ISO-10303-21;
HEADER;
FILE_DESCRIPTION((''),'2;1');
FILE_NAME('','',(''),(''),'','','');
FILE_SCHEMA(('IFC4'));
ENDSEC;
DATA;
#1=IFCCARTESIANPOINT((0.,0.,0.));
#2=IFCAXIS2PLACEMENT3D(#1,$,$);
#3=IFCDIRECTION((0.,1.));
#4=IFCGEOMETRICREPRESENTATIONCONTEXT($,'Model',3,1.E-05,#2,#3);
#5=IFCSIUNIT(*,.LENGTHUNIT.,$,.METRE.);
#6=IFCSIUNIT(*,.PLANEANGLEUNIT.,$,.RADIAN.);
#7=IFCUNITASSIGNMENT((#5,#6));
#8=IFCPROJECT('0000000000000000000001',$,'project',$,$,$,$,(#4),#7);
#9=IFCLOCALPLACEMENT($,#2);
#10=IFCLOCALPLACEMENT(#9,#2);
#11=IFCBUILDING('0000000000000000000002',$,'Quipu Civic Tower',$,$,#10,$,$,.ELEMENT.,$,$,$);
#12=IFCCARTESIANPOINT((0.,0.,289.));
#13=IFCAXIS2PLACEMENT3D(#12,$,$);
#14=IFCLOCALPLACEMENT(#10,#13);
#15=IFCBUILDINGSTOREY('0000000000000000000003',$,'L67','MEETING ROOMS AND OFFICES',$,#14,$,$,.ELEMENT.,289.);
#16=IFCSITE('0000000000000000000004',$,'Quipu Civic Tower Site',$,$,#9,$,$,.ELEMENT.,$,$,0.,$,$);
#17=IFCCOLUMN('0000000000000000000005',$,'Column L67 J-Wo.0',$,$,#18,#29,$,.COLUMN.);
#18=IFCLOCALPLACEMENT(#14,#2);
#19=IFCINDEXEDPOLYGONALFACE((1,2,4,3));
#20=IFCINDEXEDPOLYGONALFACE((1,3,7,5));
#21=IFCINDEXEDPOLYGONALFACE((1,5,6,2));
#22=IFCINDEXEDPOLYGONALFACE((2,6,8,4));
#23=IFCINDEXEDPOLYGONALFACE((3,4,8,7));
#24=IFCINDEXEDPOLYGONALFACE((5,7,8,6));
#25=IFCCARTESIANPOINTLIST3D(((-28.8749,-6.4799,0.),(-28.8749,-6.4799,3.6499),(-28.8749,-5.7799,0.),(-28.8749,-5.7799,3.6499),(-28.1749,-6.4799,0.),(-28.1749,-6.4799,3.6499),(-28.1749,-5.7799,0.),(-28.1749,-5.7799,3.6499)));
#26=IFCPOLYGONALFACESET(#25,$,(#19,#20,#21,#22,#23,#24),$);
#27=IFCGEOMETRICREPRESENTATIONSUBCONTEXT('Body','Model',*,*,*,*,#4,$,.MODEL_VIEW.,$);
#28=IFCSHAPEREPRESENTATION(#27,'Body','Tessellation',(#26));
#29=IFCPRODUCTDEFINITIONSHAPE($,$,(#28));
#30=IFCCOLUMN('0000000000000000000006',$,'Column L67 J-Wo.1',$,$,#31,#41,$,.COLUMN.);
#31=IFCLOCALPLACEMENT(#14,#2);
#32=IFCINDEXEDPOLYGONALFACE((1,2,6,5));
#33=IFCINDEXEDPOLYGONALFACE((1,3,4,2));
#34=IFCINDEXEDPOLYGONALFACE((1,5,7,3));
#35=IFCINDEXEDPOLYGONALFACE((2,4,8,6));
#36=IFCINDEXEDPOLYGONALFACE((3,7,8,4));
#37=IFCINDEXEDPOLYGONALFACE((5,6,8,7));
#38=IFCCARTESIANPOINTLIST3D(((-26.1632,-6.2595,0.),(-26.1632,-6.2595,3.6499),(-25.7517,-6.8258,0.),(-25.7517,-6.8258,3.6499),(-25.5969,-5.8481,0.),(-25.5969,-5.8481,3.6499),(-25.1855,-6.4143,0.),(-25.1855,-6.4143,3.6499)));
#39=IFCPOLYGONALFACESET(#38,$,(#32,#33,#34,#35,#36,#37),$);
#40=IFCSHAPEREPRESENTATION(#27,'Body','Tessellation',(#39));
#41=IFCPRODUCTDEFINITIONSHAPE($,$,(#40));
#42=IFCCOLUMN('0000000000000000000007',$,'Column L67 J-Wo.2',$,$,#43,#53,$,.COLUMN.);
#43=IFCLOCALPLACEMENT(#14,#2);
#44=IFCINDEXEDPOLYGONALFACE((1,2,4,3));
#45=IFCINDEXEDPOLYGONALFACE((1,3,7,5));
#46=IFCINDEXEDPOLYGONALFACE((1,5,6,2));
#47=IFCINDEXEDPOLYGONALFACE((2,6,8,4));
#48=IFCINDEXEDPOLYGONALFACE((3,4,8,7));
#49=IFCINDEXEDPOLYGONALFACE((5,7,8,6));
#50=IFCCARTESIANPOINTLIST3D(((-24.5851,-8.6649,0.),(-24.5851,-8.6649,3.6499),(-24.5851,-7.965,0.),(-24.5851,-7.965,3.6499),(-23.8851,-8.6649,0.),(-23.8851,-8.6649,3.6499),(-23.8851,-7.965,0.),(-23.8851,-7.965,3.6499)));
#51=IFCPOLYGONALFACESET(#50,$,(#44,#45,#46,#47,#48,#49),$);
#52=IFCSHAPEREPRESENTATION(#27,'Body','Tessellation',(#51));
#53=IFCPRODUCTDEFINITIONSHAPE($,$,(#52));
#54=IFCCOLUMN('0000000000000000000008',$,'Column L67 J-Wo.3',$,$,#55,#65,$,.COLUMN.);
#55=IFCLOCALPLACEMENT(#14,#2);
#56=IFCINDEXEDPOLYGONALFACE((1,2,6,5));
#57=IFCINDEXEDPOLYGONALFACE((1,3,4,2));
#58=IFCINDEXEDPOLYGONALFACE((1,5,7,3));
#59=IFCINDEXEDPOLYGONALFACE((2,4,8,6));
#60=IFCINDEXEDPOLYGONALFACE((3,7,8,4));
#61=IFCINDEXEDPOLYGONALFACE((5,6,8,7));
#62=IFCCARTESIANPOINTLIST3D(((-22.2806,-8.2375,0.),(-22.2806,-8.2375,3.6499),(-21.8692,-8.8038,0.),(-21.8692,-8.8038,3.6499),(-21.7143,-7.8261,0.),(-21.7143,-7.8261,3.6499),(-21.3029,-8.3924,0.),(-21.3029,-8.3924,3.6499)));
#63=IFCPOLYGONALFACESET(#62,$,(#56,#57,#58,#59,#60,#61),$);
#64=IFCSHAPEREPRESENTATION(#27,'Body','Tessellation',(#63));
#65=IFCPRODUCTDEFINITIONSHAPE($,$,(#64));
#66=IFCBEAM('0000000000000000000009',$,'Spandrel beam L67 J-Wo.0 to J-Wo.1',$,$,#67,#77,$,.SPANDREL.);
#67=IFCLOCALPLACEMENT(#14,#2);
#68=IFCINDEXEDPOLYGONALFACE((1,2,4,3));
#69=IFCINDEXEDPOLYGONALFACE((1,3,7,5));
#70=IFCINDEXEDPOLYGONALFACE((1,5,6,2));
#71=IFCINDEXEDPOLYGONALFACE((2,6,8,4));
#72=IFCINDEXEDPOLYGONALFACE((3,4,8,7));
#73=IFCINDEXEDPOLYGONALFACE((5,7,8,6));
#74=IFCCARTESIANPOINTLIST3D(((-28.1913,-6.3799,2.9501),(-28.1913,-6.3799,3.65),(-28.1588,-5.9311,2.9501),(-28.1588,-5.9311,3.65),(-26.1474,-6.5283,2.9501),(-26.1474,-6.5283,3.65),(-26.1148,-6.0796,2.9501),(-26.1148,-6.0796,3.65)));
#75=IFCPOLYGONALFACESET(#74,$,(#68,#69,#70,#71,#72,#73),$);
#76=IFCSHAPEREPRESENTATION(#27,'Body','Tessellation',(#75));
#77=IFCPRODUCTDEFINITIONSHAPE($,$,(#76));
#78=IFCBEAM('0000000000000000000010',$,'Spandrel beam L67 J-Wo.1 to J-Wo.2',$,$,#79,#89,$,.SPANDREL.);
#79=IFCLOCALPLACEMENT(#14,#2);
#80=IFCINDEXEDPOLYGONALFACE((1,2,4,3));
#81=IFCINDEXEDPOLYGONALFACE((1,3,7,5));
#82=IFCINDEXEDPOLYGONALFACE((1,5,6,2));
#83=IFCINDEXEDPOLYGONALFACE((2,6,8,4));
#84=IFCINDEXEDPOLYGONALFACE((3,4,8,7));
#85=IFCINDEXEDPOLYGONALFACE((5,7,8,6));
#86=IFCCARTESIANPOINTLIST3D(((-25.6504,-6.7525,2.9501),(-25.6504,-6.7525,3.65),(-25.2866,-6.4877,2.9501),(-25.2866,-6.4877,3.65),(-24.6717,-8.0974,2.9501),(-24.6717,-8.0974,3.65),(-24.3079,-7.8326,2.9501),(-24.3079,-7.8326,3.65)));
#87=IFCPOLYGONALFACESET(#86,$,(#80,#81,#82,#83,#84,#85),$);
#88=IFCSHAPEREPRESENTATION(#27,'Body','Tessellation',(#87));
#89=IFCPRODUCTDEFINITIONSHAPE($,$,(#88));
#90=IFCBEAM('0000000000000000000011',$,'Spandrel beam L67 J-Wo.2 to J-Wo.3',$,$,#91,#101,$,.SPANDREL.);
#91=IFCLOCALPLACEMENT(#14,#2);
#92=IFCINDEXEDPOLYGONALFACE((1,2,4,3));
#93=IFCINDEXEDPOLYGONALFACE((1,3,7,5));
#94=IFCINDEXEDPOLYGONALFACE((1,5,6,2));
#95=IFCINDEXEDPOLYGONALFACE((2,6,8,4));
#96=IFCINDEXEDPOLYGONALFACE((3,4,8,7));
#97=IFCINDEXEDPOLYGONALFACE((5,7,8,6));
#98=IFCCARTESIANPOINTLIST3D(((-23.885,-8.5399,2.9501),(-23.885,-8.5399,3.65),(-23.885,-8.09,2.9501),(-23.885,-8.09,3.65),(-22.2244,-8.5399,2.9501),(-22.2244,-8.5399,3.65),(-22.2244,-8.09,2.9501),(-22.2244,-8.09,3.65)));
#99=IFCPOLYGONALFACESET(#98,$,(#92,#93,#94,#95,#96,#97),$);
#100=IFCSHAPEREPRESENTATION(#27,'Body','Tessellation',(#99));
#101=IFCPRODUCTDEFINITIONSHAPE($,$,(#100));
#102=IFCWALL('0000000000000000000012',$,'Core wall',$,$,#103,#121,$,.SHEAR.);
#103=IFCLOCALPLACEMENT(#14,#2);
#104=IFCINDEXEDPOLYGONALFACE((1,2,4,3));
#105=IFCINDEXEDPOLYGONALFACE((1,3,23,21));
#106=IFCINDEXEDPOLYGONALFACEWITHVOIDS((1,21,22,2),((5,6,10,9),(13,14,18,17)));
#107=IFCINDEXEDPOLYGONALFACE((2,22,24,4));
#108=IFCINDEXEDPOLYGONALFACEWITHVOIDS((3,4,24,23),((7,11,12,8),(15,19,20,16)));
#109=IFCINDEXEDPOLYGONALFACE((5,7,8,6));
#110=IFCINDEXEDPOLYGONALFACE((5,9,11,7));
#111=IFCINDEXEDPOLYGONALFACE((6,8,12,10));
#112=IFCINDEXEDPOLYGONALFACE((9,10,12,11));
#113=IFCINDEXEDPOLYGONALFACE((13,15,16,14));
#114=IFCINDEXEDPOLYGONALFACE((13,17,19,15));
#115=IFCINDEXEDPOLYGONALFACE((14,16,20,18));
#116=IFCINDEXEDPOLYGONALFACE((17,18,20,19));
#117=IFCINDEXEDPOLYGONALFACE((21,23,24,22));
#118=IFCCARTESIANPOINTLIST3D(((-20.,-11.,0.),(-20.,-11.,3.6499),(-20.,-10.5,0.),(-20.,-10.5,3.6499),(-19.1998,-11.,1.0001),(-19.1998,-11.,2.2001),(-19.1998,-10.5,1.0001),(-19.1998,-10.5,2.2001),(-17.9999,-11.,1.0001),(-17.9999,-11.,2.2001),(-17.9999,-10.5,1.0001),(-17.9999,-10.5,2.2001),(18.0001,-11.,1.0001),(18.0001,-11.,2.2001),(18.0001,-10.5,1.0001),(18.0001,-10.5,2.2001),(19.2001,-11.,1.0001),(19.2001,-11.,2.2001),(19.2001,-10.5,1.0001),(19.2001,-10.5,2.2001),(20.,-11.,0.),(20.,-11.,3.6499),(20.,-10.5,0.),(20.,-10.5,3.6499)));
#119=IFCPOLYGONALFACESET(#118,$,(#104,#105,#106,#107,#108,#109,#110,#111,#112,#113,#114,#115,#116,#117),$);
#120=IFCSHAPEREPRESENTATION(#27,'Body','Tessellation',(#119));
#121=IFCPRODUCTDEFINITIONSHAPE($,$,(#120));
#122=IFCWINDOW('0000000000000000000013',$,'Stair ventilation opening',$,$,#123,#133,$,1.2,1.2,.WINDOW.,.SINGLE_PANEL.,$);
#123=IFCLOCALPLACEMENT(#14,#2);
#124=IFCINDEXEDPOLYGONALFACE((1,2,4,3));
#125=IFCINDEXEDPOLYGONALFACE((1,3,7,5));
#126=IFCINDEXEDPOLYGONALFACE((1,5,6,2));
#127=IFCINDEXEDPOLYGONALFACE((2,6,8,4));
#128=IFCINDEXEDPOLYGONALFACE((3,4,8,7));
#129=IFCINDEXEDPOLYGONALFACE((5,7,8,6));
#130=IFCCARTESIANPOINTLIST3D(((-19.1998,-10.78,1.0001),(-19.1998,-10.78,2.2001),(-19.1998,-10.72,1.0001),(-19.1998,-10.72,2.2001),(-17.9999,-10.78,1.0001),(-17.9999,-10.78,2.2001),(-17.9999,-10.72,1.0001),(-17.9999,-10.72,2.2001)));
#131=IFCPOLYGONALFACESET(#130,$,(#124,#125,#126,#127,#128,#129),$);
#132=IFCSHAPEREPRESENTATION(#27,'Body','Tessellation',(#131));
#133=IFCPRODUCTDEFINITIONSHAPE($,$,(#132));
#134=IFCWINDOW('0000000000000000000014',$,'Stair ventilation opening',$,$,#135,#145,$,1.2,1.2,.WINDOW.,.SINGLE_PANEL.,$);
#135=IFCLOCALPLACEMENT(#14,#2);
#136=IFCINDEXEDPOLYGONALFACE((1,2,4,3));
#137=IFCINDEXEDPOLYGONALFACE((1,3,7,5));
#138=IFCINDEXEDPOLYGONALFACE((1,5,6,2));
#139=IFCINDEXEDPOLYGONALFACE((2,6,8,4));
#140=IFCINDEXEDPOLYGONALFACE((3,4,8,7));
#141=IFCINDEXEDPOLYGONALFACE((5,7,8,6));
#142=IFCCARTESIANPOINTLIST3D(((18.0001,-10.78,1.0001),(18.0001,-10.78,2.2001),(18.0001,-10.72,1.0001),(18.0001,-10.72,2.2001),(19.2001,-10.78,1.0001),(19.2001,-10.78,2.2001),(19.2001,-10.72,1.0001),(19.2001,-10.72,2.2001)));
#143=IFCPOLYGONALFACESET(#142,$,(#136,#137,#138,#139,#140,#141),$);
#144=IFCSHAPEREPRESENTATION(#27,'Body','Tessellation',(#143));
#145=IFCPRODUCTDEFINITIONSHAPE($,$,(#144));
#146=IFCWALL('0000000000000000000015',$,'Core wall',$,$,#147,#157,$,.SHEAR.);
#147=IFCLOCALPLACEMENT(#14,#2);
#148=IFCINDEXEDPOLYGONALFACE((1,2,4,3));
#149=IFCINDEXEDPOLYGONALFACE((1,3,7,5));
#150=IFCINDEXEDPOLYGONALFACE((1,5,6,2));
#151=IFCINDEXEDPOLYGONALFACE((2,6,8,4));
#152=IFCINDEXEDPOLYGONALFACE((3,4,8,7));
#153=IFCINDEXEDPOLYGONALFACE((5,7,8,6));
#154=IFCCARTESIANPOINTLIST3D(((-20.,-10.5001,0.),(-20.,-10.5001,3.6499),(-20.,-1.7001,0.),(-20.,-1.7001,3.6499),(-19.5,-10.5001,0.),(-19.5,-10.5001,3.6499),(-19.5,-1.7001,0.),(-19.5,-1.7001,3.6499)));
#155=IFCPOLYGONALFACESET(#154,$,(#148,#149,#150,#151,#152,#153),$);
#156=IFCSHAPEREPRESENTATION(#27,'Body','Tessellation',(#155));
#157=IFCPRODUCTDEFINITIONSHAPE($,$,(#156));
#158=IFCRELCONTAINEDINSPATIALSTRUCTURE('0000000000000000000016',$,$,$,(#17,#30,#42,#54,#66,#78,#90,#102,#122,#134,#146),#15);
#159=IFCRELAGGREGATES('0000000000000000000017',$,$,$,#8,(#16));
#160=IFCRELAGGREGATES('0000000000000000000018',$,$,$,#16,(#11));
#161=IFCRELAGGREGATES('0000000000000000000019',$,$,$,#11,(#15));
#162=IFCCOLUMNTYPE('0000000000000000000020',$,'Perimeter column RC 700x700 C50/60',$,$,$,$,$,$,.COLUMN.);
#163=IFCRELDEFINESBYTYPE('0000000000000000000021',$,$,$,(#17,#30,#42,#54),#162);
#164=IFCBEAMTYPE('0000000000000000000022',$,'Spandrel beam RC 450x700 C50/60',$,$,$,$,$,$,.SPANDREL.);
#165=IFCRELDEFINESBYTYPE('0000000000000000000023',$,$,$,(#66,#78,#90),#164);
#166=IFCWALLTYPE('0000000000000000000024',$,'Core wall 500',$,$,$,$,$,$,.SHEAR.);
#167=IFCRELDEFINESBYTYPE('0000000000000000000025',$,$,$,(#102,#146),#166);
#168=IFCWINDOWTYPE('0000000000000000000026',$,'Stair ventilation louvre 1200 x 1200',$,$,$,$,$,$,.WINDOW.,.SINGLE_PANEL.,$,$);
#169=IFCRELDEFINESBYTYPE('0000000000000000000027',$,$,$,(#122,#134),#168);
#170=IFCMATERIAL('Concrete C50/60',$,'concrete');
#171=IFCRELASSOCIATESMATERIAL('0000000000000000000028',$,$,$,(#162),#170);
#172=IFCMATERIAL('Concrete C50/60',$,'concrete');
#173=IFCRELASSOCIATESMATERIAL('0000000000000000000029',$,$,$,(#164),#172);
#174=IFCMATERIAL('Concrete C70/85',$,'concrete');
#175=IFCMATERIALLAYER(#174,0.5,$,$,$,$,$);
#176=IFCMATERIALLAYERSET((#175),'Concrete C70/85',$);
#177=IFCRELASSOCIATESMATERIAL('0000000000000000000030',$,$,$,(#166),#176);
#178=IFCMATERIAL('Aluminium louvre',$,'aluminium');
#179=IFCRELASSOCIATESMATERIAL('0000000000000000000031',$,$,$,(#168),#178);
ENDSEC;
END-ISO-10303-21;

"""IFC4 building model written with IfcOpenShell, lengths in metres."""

from ifc_helpers import new_model, si_unit, direction, frame, frame_2d, origin, origin_2d, place, context, subcontext, project, spatial, rectangle, extrude, material, layer, layer_set, material_profile, profile_set, type_object, element, fill, save


model = new_model("IFC4")

# Units and contexts
model_context = context("Model", 3, precision=1e-05, world=origin(), true_north=direction((0.0, 1.0)))
body_context = subcontext(model_context, "Body", "Model", "MODEL_VIEW")
ifc_project = project(units=[si_unit("LENGTHUNIT", "METRE"), si_unit("PLANEANGLEUNIT", "RADIAN")], contexts=[model_context])

# Site, building, storey
site_placement = place(None, origin())
site = spatial("IfcSite", under=ifc_project, at=site_placement, Name="Quipu Civic Tower Site", CompositionType="ELEMENT", RefElevation=0.0)
building_placement = place(site_placement, origin())
building = spatial("IfcBuilding", under=site, at=building_placement, Name="Quipu Civic Tower", CompositionType="ELEMENT")
storey_placement = place(building_placement, frame((0.0, 0.0, 289.0)))
storey = spatial("IfcBuildingStorey", under=building, at=storey_placement, Name="L67", Description="MEETING ROOMS AND OFFICES", CompositionType="ELEMENT", Elevation=289.0)

# Columns
ifc_material_1 = material(Name="Concrete C50/60", Category="concrete")
ifc_material_profile_1 = material_profile(ifc_material_1, rectangle(XDim=0.7, YDim=0.7, at=origin_2d()), Name="RC700x700")
ifc_profile_set_1 = profile_set([ifc_material_profile_1], Name="Concrete C50/60")
column_type = type_object("IfcColumnType", Name="Perimeter column RC 700x700 C50/60", PredefinedType="COLUMN", material=ifc_profile_set_1)
for number, where, z_axis, x_axis, name in (
    (1, (-28.5249, -6.1299, 0.0), (0.0, 0.0, 1.0), (1.0, 0.0, 0.0), "Column L67 J-Wo.0"),
    (2, (-25.6743, -6.3369, 0.0), (0.0, 0.0, 1.0), (0.587785, -0.809017, 0.0), "Column L67 J-Wo.1"),
    (3, (-24.2351, -8.3149, 0.0), (0.0, 0.0, 1.0), (1.0, 0.0, 0.0), "Column L67 J-Wo.2"),
    (4, (-21.7917, -8.3149, 0.0), (0.0, 0.0, 1.0), (0.587785, -0.809017, 0.0), "Column L67 J-Wo.3"),
):
    element("IfcColumn", number, at=place(storey_placement, frame(where, z_axis=z_axis, x_axis=x_axis)), inside=storey, type_object=column_type, Name=name, PredefinedType="COLUMN", context=body_context, shape_type="SweptSolid", body=[
        extrude(rectangle(XDim=0.7, YDim=0.7, at=origin_2d()), origin(), (0.0, 0.0, 1.0), 3.6499),
    ])

# Beams
ifc_material_2 = material(Name="Concrete C50/60", Category="concrete")
ifc_material_profile_2 = material_profile(ifc_material_2, rectangle(XDim=0.45, YDim=0.7, at=origin_2d()), Name="RC450x700")
ifc_profile_set_2 = profile_set([ifc_material_profile_2], Name="Concrete C50/60")
beam_type = type_object("IfcBeamType", Name="Spandrel beam RC 450x700 C50/60", PredefinedType="SPANDREL", material=ifc_profile_set_2)
beam_1_placement = place(storey_placement, frame((-28.175, -6.1555, 3.3), z_axis=(0.997373, -0.072432, 0.0), x_axis=(0.072432, 0.997373, 0.0)))
element("IfcBeam", 5, at=beam_1_placement, inside=storey, type_object=beam_type, Name="Spandrel beam L67 J-Wo.0 to J-Wo.1", PredefinedType="SPANDREL", context=body_context, shape_type="SweptSolid", body=[
    extrude(rectangle(XDim=0.45, YDim=0.7, at=origin_2d()), origin(), (0.0, 0.0, 1.0), 2.0493),
])
beam_2_placement = place(storey_placement, frame((-25.4685, -6.6201, 3.3), z_axis=(0.588407, -0.808565, 0.0), x_axis=(0.808565, 0.588407, 0.0)))
element("IfcBeam", 6, at=beam_2_placement, inside=storey, type_object=beam_type, Name="Spandrel beam L67 J-Wo.1 to J-Wo.2", PredefinedType="SPANDREL", context=body_context, shape_type="SweptSolid", body=[
    extrude(rectangle(XDim=0.45, YDim=0.7, at=origin_2d()), origin(), (0.0, 0.0, 1.0), 1.6633),
])
beam_3_placement = place(storey_placement, frame((-23.885, -8.3149, 3.3), z_axis=(1.0, 0.0, 0.0), x_axis=(0.0, 1.0, 0.0)))
element("IfcBeam", 7, at=beam_3_placement, inside=storey, type_object=beam_type, Name="Spandrel beam L67 J-Wo.2 to J-Wo.3", PredefinedType="SPANDREL", context=body_context, shape_type="SweptSolid", body=[
    extrude(rectangle(XDim=0.45, YDim=0.7, at=origin_2d()), origin(), (0.0, 0.0, 1.0), 1.6606),
])

# Wall, openings, windows
ifc_material_3 = material(Name="Concrete C70/85", Category="concrete")
ifc_layer_1 = layer(ifc_material_3, 0.5)
ifc_layer_set_1 = layer_set([ifc_layer_1], Name="Concrete C70/85")
wall_type_1 = type_object("IfcWallType", Name="Core wall 500", PredefinedType="SHEAR", material=ifc_layer_set_1)
wall_1_placement = place(storey_placement, frame((-20.0, -10.75, 0.0), z_axis=(0.0, 0.0, 1.0), x_axis=(1.0, 0.0, 0.0)))
wall_1 = element("IfcWall", 8, at=wall_1_placement, inside=storey, type_object=wall_type_1, Name="Core wall", PredefinedType="SHEAR", context=body_context, shape_type="SweptSolid", body=[
    extrude(rectangle(XDim=40.0, YDim=0.5, at=frame_2d((20.0, 0.0))), origin(), (0.0, 0.0, 1.0), 3.6499),
])
opening_1_placement = place(wall_1_placement, frame((0.8, 0.0, 1.0)))
opening_1 = element("IfcOpeningElement", 9, at=opening_1_placement, cuts=wall_1, PredefinedType="OPENING", context=body_context, shape_type="SweptSolid", body=[
    extrude(rectangle(XDim=1.2, YDim=1.2, at=frame_2d((0.6001, 0.6001))), frame((0.0, 0.26, 0.0), z_axis=(0.0, -1.0, 0.0), x_axis=(1.0, 0.0, 0.0)), (0.0, 0.0, 1.0), 0.52),
])
opening_2_placement = place(wall_1_placement, frame((38.0, 0.0, 1.0)))
opening_2 = element("IfcOpeningElement", 10, at=opening_2_placement, cuts=wall_1, PredefinedType="OPENING", context=body_context, shape_type="SweptSolid", body=[
    extrude(rectangle(XDim=1.2, YDim=1.2, at=frame_2d((0.6001, 0.6001))), frame((0.0, 0.26, 0.0), z_axis=(0.0, -1.0, 0.0), x_axis=(1.0, 0.0, 0.0)), (0.0, 0.0, 1.0), 0.52),
])
ifc_material_4 = material(Name="Aluminium louvre", Category="aluminium")
window_type = type_object("IfcWindowType", Name="Stair ventilation louvre 1200 x 1200", PartitioningType="SINGLE_PANEL", PredefinedType="WINDOW", material=ifc_material_4)
window_1_placement = place(opening_1_placement, origin())
window_1 = element("IfcWindow", 11, at=window_1_placement, inside=storey, type_object=window_type, Name="Stair ventilation opening", OverallHeight=1.2, OverallWidth=1.2, PartitioningType="SINGLE_PANEL", PredefinedType="WINDOW", context=body_context, shape_type="SweptSolid", body=[
    extrude(rectangle(XDim=1.2, YDim=1.2, at=frame_2d((0.6001, 0.6001))), frame((0.0, 0.03, 0.0), z_axis=(0.0, -1.0, 0.0), x_axis=(1.0, 0.0, 0.0)), (0.0, 0.0, 1.0), 0.0601),
])
fill(opening_1, window_1)
window_2_placement = place(opening_2_placement, origin())
window_2 = element("IfcWindow", 12, at=window_2_placement, inside=storey, type_object=window_type, Name="Stair ventilation opening", OverallHeight=1.2, OverallWidth=1.2, PartitioningType="SINGLE_PANEL", PredefinedType="WINDOW", context=body_context, shape_type="SweptSolid", body=[
    extrude(rectangle(XDim=1.2, YDim=1.2, at=frame_2d((0.6001, 0.6001))), frame((0.0, 0.03, 0.0), z_axis=(0.0, -1.0, 0.0), x_axis=(1.0, 0.0, 0.0)), (0.0, 0.0, 1.0), 0.0601),
])
fill(opening_2, window_2)

# Wall
wall_2_placement = place(storey_placement, frame((-19.75, -10.5, 0.0), z_axis=(0.0, 0.0, 1.0), x_axis=(0.0, 1.0, 0.0)))
element("IfcWall", 13, at=wall_2_placement, inside=storey, type_object=wall_type_1, Name="Core wall", PredefinedType="SHEAR", context=body_context, shape_type="SweptSolid", body=[
    extrude(rectangle(XDim=8.8, YDim=0.5, at=frame_2d((4.3999, 0.0))), origin(), (0.0, 0.0, 1.0), 3.6499),
])

save(model, "model.ifc")
